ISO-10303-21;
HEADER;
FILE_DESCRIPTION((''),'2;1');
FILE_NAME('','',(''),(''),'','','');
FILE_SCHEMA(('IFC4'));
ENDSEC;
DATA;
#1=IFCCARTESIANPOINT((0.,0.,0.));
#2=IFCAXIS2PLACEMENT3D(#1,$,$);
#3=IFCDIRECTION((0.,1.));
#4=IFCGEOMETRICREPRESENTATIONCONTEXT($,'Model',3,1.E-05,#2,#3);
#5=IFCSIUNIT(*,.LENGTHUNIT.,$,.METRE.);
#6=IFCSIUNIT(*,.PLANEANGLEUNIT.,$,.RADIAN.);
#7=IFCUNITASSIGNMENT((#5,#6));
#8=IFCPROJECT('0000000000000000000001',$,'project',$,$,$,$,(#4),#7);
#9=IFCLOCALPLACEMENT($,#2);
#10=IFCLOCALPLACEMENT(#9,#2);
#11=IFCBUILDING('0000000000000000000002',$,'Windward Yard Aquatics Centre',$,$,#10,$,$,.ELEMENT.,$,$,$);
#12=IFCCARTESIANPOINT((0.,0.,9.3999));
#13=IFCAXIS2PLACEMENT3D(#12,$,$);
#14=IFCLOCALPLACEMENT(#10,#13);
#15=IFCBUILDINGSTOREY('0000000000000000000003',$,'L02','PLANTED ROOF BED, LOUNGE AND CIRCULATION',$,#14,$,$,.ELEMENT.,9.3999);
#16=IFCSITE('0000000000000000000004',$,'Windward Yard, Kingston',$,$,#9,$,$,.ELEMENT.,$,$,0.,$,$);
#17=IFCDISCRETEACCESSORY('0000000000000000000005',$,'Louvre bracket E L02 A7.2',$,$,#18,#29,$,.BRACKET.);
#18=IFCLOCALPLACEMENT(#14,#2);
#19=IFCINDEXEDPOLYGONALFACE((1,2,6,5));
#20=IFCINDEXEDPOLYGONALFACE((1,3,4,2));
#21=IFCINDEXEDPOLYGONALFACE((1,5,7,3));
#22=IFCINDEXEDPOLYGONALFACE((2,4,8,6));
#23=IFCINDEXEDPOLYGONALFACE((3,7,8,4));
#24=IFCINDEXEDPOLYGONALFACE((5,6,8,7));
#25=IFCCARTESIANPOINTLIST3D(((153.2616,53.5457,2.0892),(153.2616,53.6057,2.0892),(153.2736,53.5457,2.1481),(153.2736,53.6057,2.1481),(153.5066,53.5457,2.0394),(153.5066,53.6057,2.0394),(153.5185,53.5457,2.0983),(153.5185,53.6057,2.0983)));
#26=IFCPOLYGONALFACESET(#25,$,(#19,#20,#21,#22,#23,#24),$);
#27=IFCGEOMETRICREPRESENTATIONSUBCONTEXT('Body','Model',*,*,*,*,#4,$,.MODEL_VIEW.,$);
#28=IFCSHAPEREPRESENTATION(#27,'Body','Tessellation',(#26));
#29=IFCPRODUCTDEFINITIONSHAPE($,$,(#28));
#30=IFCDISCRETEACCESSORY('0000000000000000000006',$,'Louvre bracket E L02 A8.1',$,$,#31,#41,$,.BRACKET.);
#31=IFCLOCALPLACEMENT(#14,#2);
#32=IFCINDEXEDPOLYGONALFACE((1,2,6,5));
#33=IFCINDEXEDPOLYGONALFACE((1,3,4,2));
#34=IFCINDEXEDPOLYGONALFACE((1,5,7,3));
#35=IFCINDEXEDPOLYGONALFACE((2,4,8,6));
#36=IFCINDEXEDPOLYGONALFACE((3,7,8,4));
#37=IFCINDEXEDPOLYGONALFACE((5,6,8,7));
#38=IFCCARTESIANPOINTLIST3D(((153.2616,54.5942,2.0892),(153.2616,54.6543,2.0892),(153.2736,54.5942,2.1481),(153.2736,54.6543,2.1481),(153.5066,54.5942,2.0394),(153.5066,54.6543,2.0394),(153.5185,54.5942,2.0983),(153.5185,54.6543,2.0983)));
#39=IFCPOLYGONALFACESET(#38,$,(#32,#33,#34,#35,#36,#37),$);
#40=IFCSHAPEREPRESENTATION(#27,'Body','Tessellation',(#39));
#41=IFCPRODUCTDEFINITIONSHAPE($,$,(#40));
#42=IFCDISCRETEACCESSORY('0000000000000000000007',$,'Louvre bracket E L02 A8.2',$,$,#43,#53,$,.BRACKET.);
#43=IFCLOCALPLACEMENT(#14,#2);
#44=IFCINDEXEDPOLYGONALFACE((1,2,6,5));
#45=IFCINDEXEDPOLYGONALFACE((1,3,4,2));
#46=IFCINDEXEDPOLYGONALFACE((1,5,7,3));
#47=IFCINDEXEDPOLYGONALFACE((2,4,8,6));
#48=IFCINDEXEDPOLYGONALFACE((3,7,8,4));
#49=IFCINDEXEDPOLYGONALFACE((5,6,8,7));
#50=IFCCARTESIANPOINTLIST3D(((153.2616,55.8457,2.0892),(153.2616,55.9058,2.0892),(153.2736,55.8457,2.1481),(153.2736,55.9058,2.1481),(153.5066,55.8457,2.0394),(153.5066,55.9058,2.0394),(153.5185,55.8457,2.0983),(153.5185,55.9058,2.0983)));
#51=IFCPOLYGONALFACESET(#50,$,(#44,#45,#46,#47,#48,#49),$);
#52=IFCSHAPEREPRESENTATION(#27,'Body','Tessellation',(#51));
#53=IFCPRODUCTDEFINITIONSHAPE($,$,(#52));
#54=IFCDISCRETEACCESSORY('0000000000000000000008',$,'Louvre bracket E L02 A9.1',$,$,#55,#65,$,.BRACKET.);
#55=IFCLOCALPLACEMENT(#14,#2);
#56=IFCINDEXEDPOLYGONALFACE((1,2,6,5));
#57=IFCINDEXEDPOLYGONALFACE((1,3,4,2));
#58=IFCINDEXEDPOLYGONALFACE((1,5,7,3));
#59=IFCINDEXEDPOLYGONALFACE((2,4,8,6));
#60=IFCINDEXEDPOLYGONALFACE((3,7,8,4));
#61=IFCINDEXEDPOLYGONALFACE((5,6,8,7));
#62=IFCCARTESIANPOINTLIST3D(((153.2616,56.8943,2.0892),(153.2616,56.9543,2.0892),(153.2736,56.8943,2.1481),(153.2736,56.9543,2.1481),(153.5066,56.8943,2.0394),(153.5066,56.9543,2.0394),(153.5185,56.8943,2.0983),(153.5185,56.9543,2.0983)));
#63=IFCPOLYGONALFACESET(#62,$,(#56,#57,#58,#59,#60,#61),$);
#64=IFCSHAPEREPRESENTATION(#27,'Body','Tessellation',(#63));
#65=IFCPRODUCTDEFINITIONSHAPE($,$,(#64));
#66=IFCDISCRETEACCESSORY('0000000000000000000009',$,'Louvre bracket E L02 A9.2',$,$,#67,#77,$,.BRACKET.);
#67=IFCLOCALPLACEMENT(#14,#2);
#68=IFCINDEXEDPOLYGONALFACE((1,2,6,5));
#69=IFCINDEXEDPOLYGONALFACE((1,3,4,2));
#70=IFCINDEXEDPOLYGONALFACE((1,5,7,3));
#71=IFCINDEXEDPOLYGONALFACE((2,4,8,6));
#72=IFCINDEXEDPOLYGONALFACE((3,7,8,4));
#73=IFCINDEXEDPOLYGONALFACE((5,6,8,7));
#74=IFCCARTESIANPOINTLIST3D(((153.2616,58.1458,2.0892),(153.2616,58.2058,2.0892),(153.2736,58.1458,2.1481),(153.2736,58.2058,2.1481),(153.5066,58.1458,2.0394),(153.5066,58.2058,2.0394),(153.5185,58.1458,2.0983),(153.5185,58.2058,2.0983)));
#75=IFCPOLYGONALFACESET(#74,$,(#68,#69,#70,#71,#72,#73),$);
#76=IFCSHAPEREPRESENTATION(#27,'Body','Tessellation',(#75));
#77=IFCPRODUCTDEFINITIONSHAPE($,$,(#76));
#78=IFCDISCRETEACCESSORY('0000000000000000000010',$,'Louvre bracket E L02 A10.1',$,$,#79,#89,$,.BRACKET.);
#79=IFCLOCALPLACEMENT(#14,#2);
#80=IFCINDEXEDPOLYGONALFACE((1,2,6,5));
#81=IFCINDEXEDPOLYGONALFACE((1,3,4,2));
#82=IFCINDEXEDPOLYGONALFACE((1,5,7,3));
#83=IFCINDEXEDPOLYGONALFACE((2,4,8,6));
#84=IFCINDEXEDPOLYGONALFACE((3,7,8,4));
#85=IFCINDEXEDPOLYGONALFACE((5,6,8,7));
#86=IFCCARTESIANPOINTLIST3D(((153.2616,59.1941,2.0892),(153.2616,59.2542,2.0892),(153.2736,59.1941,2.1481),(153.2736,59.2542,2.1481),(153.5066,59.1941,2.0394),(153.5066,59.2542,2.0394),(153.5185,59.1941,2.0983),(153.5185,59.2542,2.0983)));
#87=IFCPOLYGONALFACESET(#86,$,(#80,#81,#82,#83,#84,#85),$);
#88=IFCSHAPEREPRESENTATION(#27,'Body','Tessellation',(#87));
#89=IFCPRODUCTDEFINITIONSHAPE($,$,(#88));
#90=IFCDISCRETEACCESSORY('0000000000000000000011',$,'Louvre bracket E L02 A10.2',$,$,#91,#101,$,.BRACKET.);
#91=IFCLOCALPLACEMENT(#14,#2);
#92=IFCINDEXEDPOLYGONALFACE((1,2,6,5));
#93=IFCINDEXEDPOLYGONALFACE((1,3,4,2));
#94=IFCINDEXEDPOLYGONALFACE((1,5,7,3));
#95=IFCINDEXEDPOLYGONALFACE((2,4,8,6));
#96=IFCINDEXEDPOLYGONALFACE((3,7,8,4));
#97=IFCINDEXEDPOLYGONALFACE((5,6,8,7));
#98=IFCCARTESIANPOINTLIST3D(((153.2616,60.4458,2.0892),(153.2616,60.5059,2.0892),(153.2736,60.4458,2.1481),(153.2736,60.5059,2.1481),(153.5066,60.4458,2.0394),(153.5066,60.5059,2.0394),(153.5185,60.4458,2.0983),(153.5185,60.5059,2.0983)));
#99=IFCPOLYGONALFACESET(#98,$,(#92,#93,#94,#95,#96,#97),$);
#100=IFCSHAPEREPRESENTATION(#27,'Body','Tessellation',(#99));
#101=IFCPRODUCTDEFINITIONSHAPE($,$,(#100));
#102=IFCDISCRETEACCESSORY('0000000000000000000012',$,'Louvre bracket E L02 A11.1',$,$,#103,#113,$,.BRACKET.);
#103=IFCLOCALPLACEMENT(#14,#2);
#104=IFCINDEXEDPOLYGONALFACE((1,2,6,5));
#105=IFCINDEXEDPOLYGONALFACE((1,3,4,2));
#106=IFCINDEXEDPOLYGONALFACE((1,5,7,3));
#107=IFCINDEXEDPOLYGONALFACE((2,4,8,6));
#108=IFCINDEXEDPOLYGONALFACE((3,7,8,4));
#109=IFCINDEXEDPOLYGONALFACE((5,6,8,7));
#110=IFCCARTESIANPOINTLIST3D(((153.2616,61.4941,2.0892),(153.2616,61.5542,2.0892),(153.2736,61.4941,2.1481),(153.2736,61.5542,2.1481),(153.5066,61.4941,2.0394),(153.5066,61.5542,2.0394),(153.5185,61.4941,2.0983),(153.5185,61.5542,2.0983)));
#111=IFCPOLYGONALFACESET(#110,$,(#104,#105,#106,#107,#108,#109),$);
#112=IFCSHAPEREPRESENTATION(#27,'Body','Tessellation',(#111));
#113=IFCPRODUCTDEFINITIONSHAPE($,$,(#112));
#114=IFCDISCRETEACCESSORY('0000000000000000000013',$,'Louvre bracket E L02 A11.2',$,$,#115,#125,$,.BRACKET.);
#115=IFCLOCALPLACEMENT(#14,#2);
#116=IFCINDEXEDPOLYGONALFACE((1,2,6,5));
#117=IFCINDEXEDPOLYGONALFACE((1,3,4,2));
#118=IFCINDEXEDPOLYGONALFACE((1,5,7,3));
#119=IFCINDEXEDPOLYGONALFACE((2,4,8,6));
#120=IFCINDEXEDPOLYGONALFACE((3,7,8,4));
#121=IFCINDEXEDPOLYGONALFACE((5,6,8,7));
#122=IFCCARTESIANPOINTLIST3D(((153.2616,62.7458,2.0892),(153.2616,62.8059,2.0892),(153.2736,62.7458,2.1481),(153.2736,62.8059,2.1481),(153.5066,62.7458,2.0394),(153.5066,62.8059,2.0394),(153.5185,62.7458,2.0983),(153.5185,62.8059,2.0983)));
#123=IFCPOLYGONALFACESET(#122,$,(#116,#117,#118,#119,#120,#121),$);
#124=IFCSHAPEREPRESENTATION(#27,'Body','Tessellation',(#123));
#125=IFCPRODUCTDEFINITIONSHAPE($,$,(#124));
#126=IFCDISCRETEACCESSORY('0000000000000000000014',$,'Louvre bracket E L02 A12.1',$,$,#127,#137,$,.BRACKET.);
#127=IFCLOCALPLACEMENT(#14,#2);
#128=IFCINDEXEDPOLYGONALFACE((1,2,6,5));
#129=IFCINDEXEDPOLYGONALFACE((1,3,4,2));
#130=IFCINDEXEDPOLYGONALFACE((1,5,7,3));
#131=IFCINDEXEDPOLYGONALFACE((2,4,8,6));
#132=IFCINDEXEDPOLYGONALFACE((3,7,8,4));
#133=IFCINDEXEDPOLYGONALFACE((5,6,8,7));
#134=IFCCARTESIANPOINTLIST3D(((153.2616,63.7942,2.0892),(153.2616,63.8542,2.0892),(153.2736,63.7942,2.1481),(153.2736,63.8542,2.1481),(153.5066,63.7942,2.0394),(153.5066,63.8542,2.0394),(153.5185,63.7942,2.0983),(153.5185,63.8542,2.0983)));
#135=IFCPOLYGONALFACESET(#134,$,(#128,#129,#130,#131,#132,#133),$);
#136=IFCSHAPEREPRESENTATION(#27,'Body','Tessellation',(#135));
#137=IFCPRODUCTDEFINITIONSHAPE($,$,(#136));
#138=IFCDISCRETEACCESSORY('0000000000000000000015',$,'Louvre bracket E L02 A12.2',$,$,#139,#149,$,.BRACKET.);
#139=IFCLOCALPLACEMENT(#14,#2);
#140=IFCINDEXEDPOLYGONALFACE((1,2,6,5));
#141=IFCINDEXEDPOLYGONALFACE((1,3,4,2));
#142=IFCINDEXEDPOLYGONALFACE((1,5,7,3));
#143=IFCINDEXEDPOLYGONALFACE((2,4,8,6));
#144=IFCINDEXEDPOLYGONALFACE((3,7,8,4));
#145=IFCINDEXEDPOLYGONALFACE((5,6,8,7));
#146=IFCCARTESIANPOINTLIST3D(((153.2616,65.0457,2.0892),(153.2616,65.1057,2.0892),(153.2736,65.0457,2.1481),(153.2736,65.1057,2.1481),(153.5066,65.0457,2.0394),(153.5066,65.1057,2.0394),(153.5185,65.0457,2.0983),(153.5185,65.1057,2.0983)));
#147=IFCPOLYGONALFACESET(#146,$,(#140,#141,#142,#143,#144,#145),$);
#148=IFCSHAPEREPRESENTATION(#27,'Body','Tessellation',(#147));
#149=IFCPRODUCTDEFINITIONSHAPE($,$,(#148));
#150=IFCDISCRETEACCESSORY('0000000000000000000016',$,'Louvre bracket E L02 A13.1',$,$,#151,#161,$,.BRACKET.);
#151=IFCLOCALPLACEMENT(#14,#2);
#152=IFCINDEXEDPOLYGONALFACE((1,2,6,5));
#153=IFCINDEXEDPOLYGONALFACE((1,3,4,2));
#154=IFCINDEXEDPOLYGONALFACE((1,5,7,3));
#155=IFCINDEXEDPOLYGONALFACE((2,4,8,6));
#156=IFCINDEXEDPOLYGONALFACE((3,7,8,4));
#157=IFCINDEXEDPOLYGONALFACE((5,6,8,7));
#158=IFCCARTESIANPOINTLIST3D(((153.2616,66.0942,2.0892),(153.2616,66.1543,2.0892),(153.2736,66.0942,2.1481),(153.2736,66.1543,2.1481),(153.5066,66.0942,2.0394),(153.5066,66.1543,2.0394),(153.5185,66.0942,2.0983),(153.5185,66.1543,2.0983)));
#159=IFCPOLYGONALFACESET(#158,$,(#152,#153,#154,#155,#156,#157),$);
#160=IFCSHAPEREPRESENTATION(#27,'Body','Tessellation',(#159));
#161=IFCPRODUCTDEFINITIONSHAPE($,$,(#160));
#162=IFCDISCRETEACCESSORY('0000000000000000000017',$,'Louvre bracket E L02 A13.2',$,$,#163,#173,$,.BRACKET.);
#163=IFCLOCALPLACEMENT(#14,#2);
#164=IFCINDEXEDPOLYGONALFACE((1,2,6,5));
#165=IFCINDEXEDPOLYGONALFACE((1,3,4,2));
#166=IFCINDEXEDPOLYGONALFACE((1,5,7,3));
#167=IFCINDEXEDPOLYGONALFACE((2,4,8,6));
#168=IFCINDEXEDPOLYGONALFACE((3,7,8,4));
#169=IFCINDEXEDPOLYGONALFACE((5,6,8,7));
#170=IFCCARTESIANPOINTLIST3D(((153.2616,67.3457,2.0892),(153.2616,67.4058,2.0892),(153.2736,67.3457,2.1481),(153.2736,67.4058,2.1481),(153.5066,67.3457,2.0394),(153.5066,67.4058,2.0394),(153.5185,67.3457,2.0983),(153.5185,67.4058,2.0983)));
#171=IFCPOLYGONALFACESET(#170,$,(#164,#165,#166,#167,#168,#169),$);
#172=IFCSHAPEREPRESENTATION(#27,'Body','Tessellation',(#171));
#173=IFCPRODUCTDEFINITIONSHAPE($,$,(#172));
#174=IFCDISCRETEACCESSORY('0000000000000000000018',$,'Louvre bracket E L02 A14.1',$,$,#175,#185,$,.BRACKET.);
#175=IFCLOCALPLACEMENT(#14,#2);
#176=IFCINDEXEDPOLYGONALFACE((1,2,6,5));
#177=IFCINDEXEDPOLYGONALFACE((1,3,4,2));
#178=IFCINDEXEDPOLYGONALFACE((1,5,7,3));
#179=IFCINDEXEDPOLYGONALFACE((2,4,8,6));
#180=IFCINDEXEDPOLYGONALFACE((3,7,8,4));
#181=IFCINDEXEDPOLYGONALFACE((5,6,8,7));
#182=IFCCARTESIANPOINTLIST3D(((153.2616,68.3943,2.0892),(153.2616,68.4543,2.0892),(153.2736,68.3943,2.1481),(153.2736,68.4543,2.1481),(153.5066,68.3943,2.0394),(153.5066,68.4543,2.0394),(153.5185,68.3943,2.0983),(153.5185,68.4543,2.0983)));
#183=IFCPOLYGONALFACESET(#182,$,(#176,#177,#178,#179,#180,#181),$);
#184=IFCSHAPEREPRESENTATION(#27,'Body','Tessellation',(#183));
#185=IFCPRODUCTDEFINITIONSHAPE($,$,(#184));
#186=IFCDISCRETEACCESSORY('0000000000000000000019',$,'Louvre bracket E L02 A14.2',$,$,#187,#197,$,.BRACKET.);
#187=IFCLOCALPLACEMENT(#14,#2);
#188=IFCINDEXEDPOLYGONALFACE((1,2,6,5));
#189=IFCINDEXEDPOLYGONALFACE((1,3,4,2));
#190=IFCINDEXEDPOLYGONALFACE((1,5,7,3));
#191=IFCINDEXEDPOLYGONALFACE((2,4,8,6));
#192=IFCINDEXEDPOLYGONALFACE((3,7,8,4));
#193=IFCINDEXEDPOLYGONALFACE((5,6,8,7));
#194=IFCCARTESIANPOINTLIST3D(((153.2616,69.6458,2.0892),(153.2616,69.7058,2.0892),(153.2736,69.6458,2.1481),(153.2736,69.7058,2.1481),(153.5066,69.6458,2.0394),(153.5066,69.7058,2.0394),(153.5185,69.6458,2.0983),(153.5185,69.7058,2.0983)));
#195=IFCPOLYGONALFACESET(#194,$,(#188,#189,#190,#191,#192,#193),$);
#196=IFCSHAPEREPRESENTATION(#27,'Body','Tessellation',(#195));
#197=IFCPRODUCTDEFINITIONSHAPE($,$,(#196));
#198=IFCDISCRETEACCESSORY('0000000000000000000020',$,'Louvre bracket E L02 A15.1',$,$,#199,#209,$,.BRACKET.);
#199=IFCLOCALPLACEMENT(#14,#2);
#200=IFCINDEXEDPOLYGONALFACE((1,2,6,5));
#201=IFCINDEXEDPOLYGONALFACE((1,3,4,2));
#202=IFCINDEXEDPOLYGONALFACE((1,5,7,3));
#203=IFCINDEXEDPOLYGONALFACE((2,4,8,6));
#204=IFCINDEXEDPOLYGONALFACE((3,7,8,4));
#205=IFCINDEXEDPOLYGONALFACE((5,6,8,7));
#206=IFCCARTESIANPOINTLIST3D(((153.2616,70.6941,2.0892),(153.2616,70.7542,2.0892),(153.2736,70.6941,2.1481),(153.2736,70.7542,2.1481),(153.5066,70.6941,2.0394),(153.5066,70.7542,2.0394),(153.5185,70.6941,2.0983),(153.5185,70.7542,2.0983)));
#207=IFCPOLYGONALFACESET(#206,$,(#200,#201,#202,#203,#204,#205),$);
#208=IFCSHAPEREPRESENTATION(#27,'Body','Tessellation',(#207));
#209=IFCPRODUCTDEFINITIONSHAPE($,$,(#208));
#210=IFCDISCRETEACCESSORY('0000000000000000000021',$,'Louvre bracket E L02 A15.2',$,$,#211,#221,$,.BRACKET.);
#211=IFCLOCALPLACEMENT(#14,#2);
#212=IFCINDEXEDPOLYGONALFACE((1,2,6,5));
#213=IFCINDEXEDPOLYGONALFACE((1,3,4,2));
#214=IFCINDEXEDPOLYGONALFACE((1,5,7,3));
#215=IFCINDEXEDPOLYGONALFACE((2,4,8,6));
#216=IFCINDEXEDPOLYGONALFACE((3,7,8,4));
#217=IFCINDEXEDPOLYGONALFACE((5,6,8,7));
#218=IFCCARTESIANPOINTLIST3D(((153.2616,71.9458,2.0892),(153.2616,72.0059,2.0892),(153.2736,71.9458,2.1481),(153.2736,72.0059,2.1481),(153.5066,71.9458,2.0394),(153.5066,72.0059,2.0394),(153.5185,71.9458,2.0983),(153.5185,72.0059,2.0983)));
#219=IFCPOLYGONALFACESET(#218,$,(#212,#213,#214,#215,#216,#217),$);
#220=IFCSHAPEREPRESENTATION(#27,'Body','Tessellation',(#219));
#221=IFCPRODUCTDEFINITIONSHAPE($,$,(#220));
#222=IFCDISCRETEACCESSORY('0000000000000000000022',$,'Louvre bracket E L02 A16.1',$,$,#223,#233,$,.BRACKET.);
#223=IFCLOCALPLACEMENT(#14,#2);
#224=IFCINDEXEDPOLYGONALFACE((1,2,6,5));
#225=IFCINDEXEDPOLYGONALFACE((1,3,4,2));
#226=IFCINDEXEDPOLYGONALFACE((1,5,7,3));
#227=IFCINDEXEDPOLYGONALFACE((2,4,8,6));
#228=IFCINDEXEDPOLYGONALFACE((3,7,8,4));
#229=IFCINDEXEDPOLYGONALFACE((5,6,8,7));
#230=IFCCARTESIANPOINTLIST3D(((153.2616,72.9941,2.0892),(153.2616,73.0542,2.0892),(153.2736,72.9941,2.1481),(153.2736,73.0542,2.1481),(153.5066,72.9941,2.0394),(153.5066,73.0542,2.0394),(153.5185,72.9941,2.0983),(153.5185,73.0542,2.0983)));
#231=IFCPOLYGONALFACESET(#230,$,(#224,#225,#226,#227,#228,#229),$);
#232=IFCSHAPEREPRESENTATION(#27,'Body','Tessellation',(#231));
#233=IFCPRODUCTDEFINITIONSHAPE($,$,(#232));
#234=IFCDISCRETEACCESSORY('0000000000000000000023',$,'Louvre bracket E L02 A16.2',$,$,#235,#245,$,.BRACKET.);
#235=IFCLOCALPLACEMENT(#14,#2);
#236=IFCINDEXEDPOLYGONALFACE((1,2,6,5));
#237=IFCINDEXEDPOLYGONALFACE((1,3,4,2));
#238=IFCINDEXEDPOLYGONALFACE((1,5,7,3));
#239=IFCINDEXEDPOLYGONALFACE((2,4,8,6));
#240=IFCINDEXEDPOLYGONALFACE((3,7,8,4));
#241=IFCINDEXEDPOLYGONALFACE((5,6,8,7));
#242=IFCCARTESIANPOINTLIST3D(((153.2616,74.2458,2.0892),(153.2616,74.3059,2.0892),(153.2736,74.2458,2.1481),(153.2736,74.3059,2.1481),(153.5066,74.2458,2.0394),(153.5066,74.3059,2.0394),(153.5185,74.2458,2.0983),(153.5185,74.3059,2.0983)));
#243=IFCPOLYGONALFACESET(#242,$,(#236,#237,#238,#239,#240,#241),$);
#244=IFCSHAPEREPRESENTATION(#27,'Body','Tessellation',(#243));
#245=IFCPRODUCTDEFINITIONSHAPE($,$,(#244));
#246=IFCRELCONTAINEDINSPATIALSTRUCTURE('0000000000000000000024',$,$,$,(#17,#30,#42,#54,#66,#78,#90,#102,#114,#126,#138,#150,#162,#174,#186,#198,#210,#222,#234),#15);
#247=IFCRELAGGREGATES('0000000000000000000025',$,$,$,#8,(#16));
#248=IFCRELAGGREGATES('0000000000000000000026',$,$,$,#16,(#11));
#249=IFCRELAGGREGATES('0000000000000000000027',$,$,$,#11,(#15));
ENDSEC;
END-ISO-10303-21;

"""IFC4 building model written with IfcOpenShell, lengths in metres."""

from ifc_helpers import new_model, si_unit, direction, frame, origin, origin_2d, place, context, subcontext, project, spatial, rectangle, extrude, element, save


model = new_model("IFC4")

# Units and contexts
model_context = context("Model", 3, precision=1e-05, world=origin(), true_north=direction((0.0, 1.0)))
body_context = subcontext(model_context, "Body", "Model", "MODEL_VIEW")
ifc_project = project(units=[si_unit("LENGTHUNIT", "METRE"), si_unit("PLANEANGLEUNIT", "RADIAN")], contexts=[model_context])

# Site, building, storey
site_placement = place(None, origin())
site = spatial("IfcSite", under=ifc_project, at=site_placement, Name="Windward Yard, Kingston", CompositionType="ELEMENT", RefElevation=0.0)
building_placement = place(site_placement, origin())
building = spatial("IfcBuilding", under=site, at=building_placement, Name="Windward Yard Aquatics Centre", CompositionType="ELEMENT")
storey_placement = place(building_placement, frame((0.0, 0.0, 9.3999)))
storey = spatial("IfcBuildingStorey", under=building, at=storey_placement, Name="L02", Description="PLANTED ROOF BED, LOUNGE AND CIRCULATION", CompositionType="ELEMENT", Elevation=9.3999)

# Discrete accessories
for number, where, z_axis, x_axis, name in (
    (1, (153.2676, 53.5757, 2.1187), (0.979937, 0.0, -0.199309), (0.0, 1.0, 0.0), "Louvre bracket E L02 A7.2"),
    (2, (153.2676, 54.6243, 2.1187), (0.979937, 0.0, -0.199309), (0.0, 1.0, 0.0), "Louvre bracket E L02 A8.1"),
    (3, (153.2676, 55.8757, 2.1187), (0.979937, 0.0, -0.199309), (0.0, 1.0, 0.0), "Louvre bracket E L02 A8.2"),
    (4, (153.2676, 56.9243, 2.1187), (0.979937, 0.0, -0.199309), (0.0, 1.0, 0.0), "Louvre bracket E L02 A9.1"),
    (5, (153.2676, 58.1758, 2.1187), (0.979937, 0.0, -0.199309), (0.0, 1.0, 0.0), "Louvre bracket E L02 A9.2"),
    (6, (153.2676, 59.2241, 2.1187), (0.979937, 0.0, -0.199309), (0.0, 1.0, 0.0), "Louvre bracket E L02 A10.1"),
    (7, (153.2676, 60.4758, 2.1187), (0.979937, 0.0, -0.199309), (0.0, 1.0, 0.0), "Louvre bracket E L02 A10.2"),
    (8, (153.2676, 61.5242, 2.1187), (0.979937, 0.0, -0.199309), (0.0, 1.0, 0.0), "Louvre bracket E L02 A11.1"),
    (9, (153.2676, 62.7759, 2.1187), (0.979937, 0.0, -0.199309), (0.0, 1.0, 0.0), "Louvre bracket E L02 A11.2"),
    (10, (153.2676, 63.8242, 2.1187), (0.979937, 0.0, -0.199309), (0.0, 1.0, 0.0), "Louvre bracket E L02 A12.1"),
    (11, (153.2676, 65.0757, 2.1187), (0.979937, 0.0, -0.199309), (0.0, 1.0, 0.0), "Louvre bracket E L02 A12.2"),
    (12, (153.2676, 66.1243, 2.1187), (0.979937, 0.0, -0.199309), (0.0, 1.0, 0.0), "Louvre bracket E L02 A13.1"),
    (13, (153.2676, 67.3757, 2.1187), (0.979937, 0.0, -0.199309), (0.0, 1.0, 0.0), "Louvre bracket E L02 A13.2"),
    (14, (153.2676, 68.4243, 2.1187), (0.979937, 0.0, -0.199309), (0.0, 1.0, 0.0), "Louvre bracket E L02 A14.1"),
    (15, (153.2676, 69.6758, 2.1187), (0.979937, 0.0, -0.199309), (0.0, 1.0, 0.0), "Louvre bracket E L02 A14.2"),
    (16, (153.2676, 70.7241, 2.1187), (0.979937, 0.0, -0.199309), (0.0, 1.0, 0.0), "Louvre bracket E L02 A15.1"),
    (17, (153.2676, 71.9758, 2.1187), (0.979937, 0.0, -0.199309), (0.0, 1.0, 0.0), "Louvre bracket E L02 A15.2"),
    (18, (153.2676, 73.0242, 2.1187), (0.979937, 0.0, -0.199309), (0.0, 1.0, 0.0), "Louvre bracket E L02 A16.1"),
    (19, (153.2676, 74.2759, 2.1187), (0.979937, 0.0, -0.199309), (0.0, 1.0, 0.0), "Louvre bracket E L02 A16.2"),
):
    element("IfcDiscreteAccessory", number, at=place(storey_placement, frame(where, z_axis=z_axis, x_axis=x_axis)), inside=storey, Name=name, PredefinedType="BRACKET", context=body_context, shape_type="SweptSolid", body=[
        extrude(rectangle(XDim=0.0601, YDim=0.0601, at=origin_2d()), origin(), (0.0, 0.0, 1.0), 0.25),
    ])

save(model, "model.ifc")
